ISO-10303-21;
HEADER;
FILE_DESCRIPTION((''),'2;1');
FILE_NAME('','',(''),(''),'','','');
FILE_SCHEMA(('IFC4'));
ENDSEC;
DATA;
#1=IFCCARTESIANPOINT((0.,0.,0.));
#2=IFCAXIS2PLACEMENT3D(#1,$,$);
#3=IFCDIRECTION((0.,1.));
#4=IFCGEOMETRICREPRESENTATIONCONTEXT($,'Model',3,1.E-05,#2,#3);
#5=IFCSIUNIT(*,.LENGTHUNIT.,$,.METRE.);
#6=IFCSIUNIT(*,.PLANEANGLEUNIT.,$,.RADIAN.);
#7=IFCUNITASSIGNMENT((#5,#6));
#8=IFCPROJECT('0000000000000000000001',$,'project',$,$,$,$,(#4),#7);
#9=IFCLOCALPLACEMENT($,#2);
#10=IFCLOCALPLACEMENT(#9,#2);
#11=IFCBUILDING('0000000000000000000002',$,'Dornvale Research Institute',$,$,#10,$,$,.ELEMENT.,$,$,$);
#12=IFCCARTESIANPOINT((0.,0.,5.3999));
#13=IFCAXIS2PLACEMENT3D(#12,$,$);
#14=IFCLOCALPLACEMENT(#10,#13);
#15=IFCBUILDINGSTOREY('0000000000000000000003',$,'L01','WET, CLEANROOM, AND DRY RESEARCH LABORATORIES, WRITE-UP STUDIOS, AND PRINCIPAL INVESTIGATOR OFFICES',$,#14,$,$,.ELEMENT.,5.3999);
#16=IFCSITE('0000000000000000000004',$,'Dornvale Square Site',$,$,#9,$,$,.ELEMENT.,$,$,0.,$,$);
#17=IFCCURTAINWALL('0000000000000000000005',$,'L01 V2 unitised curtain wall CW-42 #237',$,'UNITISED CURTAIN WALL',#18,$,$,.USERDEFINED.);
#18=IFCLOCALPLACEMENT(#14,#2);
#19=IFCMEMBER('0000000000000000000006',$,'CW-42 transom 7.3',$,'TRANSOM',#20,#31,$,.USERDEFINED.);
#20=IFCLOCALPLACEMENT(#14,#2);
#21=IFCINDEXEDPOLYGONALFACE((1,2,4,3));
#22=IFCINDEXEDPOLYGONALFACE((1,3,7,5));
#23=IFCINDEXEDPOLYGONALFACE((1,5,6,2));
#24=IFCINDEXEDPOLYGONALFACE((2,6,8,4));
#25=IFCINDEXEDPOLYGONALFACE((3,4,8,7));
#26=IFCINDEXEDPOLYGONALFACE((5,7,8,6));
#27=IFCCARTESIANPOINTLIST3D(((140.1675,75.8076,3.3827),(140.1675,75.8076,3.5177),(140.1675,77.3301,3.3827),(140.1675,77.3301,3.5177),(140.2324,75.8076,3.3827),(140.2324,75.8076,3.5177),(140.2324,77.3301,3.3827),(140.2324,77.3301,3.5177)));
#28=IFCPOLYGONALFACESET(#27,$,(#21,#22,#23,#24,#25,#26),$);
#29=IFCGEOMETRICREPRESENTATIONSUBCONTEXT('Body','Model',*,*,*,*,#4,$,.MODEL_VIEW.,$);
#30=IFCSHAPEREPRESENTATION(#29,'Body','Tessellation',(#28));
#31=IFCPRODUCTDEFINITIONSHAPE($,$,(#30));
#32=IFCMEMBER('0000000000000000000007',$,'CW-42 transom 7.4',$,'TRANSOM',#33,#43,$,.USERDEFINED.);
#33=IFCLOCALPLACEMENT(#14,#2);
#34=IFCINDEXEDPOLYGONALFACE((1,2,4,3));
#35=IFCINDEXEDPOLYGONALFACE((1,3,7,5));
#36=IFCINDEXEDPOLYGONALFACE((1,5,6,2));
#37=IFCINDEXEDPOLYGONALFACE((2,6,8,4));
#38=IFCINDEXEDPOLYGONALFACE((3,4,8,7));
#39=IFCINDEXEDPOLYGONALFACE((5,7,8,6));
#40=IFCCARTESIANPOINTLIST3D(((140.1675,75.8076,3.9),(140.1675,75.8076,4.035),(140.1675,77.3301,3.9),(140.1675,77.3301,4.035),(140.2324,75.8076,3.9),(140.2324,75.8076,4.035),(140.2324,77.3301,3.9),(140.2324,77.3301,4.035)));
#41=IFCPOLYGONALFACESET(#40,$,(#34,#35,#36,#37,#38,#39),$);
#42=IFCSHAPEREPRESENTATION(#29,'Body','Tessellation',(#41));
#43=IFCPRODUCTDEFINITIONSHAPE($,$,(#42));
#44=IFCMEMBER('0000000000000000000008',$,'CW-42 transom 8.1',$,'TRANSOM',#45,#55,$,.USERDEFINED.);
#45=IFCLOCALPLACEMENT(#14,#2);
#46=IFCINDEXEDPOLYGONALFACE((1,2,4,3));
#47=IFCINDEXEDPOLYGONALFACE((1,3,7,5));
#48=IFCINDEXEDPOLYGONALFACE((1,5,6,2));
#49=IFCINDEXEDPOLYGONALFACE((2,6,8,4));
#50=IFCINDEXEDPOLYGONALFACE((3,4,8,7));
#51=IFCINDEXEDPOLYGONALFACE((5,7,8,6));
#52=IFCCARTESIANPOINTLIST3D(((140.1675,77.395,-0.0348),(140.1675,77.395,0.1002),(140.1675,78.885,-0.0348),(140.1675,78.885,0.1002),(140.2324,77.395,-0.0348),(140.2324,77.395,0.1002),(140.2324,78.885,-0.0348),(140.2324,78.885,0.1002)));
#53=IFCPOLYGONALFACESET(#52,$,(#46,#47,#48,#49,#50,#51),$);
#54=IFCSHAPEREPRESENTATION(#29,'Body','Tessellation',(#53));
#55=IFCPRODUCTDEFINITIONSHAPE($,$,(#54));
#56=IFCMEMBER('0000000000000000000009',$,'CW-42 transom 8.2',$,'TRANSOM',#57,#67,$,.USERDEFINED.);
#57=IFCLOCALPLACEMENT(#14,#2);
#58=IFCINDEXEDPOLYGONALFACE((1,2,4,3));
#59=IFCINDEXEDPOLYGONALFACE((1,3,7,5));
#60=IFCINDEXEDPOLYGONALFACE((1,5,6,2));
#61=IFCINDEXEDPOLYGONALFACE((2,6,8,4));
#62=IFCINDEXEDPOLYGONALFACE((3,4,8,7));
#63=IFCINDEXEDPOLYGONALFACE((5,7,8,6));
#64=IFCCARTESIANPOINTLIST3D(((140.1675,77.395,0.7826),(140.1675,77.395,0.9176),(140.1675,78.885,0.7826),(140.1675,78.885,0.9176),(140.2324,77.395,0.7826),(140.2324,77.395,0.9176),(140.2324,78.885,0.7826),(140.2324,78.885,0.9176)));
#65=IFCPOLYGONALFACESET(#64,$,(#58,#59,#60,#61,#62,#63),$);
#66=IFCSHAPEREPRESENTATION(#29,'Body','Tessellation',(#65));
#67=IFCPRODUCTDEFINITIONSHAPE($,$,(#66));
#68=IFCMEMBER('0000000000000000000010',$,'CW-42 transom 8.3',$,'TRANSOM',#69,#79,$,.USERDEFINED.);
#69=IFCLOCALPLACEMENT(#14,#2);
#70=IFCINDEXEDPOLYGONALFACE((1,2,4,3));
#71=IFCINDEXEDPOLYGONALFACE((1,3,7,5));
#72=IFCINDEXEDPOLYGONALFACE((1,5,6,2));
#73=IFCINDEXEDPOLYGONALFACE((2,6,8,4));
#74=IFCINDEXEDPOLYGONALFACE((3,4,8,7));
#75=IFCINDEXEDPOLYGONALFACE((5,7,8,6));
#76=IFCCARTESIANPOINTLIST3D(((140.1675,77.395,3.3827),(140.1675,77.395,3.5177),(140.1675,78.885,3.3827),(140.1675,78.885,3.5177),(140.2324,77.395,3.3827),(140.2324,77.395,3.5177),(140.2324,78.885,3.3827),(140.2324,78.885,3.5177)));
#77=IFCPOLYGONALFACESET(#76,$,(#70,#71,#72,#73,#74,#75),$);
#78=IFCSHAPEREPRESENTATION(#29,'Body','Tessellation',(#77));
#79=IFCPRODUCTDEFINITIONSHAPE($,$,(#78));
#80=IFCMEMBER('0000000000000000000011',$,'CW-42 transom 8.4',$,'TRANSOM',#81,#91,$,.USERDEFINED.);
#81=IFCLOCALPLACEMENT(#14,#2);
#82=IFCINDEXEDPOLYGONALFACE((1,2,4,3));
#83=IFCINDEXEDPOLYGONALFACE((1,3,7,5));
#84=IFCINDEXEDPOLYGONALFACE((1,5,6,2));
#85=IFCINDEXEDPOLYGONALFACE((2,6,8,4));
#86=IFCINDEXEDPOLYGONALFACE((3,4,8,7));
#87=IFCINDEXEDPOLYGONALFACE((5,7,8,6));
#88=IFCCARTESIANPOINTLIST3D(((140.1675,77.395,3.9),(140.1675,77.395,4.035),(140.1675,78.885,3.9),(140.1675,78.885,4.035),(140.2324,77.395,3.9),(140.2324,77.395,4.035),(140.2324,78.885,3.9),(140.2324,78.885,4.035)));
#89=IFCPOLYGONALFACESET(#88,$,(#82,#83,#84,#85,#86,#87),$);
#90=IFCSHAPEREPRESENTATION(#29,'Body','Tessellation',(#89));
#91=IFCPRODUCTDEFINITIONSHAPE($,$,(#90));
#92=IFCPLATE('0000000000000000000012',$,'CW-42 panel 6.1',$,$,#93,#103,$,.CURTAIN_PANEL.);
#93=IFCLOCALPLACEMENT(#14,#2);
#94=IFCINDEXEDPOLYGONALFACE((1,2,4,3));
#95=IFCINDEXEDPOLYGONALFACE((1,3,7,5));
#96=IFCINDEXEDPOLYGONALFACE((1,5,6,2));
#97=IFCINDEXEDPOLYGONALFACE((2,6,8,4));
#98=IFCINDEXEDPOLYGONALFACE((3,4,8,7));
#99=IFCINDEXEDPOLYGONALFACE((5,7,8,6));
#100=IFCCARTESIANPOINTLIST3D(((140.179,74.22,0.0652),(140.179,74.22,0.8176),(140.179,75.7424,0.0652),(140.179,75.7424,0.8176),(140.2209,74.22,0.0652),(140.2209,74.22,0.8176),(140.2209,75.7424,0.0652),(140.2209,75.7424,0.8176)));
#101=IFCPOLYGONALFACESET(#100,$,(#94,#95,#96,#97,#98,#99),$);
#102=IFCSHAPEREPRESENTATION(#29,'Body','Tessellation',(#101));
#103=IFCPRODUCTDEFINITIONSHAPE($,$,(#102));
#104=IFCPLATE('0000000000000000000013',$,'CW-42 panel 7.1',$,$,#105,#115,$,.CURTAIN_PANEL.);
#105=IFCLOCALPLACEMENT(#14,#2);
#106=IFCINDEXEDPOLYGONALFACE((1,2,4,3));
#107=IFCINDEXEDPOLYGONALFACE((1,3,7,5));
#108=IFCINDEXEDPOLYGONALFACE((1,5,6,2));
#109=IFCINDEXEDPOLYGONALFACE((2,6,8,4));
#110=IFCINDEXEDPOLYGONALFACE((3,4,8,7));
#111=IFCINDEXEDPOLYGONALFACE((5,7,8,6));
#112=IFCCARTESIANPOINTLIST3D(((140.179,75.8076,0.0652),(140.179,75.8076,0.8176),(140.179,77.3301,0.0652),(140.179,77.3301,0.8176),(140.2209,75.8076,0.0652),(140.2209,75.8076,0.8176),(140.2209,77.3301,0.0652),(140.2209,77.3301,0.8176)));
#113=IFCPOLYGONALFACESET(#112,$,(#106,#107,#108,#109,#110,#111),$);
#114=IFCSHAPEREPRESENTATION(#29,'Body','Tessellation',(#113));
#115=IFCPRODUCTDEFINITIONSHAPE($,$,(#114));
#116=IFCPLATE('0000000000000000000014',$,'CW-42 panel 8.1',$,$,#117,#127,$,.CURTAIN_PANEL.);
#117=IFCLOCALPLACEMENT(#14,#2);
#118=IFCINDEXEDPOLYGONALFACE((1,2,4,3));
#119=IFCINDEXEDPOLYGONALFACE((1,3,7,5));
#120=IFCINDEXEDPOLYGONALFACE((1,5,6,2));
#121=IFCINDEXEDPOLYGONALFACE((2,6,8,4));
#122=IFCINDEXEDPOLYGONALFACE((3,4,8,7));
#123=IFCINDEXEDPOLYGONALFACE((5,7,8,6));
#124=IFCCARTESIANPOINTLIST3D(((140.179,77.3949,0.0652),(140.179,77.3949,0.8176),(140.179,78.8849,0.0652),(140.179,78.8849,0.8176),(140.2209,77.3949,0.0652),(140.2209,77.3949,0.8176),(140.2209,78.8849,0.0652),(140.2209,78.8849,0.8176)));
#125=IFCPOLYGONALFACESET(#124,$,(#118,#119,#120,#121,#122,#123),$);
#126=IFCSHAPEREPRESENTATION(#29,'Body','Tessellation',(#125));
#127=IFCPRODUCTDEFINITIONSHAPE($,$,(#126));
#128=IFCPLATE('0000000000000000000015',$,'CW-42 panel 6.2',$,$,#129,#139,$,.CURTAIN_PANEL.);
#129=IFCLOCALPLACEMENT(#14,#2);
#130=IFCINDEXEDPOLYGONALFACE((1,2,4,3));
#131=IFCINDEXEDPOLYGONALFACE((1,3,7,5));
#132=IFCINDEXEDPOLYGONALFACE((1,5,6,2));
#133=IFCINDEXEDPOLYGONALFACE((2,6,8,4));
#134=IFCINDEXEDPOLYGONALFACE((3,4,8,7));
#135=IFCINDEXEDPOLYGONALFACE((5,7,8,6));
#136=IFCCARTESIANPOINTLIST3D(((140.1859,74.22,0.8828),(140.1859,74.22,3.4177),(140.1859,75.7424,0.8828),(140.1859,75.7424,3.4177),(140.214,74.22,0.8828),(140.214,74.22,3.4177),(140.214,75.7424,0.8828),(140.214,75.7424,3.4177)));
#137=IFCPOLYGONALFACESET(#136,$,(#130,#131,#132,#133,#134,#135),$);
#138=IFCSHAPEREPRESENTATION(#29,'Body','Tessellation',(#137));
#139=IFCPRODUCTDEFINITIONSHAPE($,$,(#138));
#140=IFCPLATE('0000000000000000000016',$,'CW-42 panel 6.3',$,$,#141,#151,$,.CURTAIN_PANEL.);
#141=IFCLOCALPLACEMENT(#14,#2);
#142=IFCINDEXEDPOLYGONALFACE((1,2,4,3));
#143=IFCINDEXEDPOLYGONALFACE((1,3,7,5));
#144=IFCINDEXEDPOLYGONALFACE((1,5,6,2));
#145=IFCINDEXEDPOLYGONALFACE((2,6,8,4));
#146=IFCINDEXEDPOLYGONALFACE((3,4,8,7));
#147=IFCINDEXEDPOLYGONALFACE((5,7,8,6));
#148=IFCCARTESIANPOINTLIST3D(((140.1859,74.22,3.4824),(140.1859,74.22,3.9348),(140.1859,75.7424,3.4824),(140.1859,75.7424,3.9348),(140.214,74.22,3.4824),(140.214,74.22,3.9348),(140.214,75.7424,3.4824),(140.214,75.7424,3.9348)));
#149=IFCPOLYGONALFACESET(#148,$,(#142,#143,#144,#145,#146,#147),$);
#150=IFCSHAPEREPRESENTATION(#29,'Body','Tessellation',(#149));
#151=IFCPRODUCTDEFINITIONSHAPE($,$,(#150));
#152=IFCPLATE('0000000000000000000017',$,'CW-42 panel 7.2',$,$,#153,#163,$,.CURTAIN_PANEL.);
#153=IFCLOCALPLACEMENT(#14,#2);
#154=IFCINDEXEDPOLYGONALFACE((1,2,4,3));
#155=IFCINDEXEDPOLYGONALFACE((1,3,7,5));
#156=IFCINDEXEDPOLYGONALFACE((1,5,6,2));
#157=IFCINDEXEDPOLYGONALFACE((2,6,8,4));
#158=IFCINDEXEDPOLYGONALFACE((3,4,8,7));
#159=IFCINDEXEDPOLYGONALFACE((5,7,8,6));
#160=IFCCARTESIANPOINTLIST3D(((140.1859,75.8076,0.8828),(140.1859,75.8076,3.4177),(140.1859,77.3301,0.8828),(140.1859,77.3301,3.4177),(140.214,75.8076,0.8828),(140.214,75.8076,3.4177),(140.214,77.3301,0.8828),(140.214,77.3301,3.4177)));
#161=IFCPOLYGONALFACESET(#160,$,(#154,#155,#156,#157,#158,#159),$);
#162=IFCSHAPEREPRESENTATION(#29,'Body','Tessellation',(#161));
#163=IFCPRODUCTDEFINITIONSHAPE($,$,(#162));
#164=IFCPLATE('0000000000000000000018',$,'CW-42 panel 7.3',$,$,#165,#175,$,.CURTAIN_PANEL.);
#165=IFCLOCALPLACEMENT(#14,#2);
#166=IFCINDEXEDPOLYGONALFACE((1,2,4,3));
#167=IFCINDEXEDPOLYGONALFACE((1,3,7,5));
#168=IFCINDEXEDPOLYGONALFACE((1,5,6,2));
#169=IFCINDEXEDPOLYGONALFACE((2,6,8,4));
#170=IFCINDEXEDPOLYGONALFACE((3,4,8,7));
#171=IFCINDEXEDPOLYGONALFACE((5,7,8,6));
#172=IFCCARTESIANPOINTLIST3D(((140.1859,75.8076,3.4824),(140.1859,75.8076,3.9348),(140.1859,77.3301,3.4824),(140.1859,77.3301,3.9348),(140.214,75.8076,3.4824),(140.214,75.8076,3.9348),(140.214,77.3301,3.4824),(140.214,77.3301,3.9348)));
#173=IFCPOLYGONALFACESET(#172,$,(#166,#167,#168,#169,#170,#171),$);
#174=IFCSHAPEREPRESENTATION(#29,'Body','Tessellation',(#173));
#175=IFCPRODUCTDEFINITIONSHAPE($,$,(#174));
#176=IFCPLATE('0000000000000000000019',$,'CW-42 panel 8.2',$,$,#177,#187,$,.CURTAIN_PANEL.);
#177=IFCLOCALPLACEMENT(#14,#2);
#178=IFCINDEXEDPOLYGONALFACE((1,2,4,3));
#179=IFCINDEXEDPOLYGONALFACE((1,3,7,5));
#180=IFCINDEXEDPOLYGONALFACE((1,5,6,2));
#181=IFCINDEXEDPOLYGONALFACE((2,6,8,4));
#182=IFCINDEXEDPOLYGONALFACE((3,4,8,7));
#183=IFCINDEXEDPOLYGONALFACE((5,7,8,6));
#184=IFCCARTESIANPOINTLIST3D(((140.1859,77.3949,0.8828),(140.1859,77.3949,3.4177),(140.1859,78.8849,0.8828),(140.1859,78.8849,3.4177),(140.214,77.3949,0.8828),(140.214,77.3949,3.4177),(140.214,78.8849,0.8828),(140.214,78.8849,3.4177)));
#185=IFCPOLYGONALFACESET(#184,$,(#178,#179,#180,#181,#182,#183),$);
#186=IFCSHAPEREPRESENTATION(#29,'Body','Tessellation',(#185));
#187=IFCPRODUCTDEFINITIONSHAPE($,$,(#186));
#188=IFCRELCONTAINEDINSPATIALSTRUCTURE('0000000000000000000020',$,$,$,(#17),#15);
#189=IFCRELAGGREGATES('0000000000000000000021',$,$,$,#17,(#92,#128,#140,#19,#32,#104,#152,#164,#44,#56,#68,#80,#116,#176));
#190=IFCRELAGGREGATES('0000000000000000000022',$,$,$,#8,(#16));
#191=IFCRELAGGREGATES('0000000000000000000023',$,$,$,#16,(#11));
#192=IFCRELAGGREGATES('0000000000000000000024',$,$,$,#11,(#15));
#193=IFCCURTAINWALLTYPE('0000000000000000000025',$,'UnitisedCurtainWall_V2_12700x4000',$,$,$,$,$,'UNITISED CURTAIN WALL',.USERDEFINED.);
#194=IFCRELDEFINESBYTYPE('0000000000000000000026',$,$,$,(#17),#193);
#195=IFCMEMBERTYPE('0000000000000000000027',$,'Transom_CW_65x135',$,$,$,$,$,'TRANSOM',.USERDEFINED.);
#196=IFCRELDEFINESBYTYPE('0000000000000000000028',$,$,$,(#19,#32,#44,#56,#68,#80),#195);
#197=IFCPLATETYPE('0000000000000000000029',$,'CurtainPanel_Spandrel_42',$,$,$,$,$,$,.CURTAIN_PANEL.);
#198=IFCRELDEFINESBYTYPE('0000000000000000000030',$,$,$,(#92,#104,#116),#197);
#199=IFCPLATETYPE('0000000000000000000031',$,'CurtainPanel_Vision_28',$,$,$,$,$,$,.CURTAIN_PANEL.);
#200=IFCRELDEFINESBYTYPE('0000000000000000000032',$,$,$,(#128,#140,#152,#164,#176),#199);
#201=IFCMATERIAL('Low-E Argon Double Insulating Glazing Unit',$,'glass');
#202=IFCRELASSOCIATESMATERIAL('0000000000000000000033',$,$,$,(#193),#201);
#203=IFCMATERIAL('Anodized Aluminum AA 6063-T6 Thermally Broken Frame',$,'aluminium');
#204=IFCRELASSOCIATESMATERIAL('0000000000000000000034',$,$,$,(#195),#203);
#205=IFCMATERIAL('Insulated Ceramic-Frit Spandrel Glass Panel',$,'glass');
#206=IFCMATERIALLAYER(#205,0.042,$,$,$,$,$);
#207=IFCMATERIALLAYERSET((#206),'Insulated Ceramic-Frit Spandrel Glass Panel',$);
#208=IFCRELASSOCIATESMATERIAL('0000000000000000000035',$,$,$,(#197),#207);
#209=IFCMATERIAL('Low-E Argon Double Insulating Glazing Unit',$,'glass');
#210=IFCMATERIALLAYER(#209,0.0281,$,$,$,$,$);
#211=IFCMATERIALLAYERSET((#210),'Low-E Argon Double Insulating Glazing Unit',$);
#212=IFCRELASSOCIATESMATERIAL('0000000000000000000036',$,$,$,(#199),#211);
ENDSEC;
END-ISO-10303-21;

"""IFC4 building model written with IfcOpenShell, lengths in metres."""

from ifc_helpers import new_model, si_unit, direction, frame, origin, origin_2d, place, context, subcontext, project, spatial, rectangle, extrude, material, layer, layer_set, material_profile, profile_set, type_object, element, aggregate, save


model = new_model("IFC4")

# Units and contexts
model_context = context("Model", 3, precision=1e-05, world=origin(), true_north=direction((0.0, 1.0)))
body_context = subcontext(model_context, "Body", "Model", "MODEL_VIEW")
ifc_project = project(units=[si_unit("LENGTHUNIT", "METRE"), si_unit("PLANEANGLEUNIT", "RADIAN")], contexts=[model_context])

# Site, building, storey
site_placement = place(None, origin())
site = spatial("IfcSite", under=ifc_project, at=site_placement, Name="Dornvale Square Site", CompositionType="ELEMENT", RefElevation=0.0)
building_placement = place(site_placement, origin())
building = spatial("IfcBuilding", under=site, at=building_placement, Name="Dornvale Research Institute", CompositionType="ELEMENT")
storey_placement = place(building_placement, frame((0.0, 0.0, 5.3999)))
storey = spatial("IfcBuildingStorey", under=building, at=storey_placement, Name="L01", Description="WET, CLEANROOM, AND DRY RESEARCH LABORATORIES, WRITE-UP STUDIOS, AND PRINCIPAL INVESTIGATOR OFFICES", CompositionType="ELEMENT", Elevation=5.3999)

# Curtain wall
ifc_material_1 = material(Name="Low-E Argon Double Insulating Glazing Unit", Category="glass")
curtain_wall_type_1 = type_object("IfcCurtainWallType", Name="UnitisedCurtainWall_V2_12700x4000", ElementType="UNITISED CURTAIN WALL", PredefinedType="USERDEFINED", material=ifc_material_1)
curtain_wall_1_placement = place(storey_placement, origin())
curtain_wall_1 = element("IfcCurtainWall", 1, at=curtain_wall_1_placement, inside=storey, type_object=curtain_wall_type_1, Name="L01 V2 unitised curtain wall CW-42 #237", ObjectType="UNITISED CURTAIN WALL", PredefinedType="USERDEFINED")

# Members
ifc_material_2 = material(Name="Anodized Aluminum AA 6063-T6 Thermally Broken Frame", Category="aluminium")
ifc_material_profile_1 = material_profile(ifc_material_2, rectangle(XDim=0.0649, YDim=0.135, at=origin_2d()), Name="ALU TRANSOM 65x135")
ifc_profile_set_1 = profile_set([ifc_material_profile_1], Name="Anodized Aluminum AA 6063-T6 Thermally Broken Frame")
member_type_1 = type_object("IfcMemberType", Name="Transom_CW_65x135", ElementType="TRANSOM", PredefinedType="USERDEFINED", material=ifc_profile_set_1)
member_1_placement = place(storey_placement, frame((140.2, 75.8076, 3.4502), z_axis=(0.0, 1.0, 0.0), x_axis=(-1.0, 0.0, 0.0)))
member_1 = element("IfcMember", 2, at=member_1_placement, type_object=member_type_1, Name="CW-42 transom 7.3", ObjectType="TRANSOM", PredefinedType="USERDEFINED", context=body_context, shape_type="SweptSolid", body=[
    extrude(rectangle(XDim=0.0649, YDim=0.135, at=origin_2d()), origin(), (0.0, 0.0, 1.0), 1.5225),
])
member_2_placement = place(storey_placement, frame((140.2, 75.8076, 3.9675), z_axis=(0.0, 1.0, 0.0), x_axis=(-1.0, 0.0, 0.0)))
member_2 = element("IfcMember", 3, at=member_2_placement, type_object=member_type_1, Name="CW-42 transom 7.4", ObjectType="TRANSOM", PredefinedType="USERDEFINED", context=body_context, shape_type="SweptSolid", body=[
    extrude(rectangle(XDim=0.0649, YDim=0.135, at=origin_2d()), origin(), (0.0, 0.0, 1.0), 1.5225),
])
member_3_placement = place(storey_placement, frame((140.2, 77.395, 0.0327), z_axis=(0.0, 1.0, 0.0), x_axis=(-1.0, 0.0, 0.0)))
member_3 = element("IfcMember", 4, at=member_3_placement, type_object=member_type_1, Name="CW-42 transom 8.1", ObjectType="TRANSOM", PredefinedType="USERDEFINED", context=body_context, shape_type="SweptSolid", body=[
    extrude(rectangle(XDim=0.0649, YDim=0.135, at=origin_2d()), origin(), (0.0, 0.0, 1.0), 1.49),
])
member_4_placement = place(storey_placement, frame((140.2, 77.395, 0.8501), z_axis=(0.0, 1.0, 0.0), x_axis=(-1.0, 0.0, 0.0)))
member_4 = element("IfcMember", 5, at=member_4_placement, type_object=member_type_1, Name="CW-42 transom 8.2", ObjectType="TRANSOM", PredefinedType="USERDEFINED", context=body_context, shape_type="SweptSolid", body=[
    extrude(rectangle(XDim=0.0649, YDim=0.135, at=origin_2d()), origin(), (0.0, 0.0, 1.0), 1.49),
])
member_5_placement = place(storey_placement, frame((140.2, 77.395, 3.4502), z_axis=(0.0, 1.0, 0.0), x_axis=(-1.0, 0.0, 0.0)))
member_5 = element("IfcMember", 6, at=member_5_placement, type_object=member_type_1, Name="CW-42 transom 8.3", ObjectType="TRANSOM", PredefinedType="USERDEFINED", context=body_context, shape_type="SweptSolid", body=[
    extrude(rectangle(XDim=0.0649, YDim=0.135, at=origin_2d()), origin(), (0.0, 0.0, 1.0), 1.49),
])
member_6_placement = place(storey_placement, frame((140.2, 77.395, 3.9675), z_axis=(0.0, 1.0, 0.0), x_axis=(-1.0, 0.0, 0.0)))
member_6 = element("IfcMember", 7, at=member_6_placement, type_object=member_type_1, Name="CW-42 transom 8.4", ObjectType="TRANSOM", PredefinedType="USERDEFINED", context=body_context, shape_type="SweptSolid", body=[
    extrude(rectangle(XDim=0.0649, YDim=0.135, at=origin_2d()), origin(), (0.0, 0.0, 1.0), 1.49),
])

# Plates
ifc_material_3 = material(Name="Insulated Ceramic-Frit Spandrel Glass Panel", Category="glass")
ifc_layer_1 = layer(ifc_material_3, 0.042)
ifc_layer_set_1 = layer_set([ifc_layer_1], Name="Insulated Ceramic-Frit Spandrel Glass Panel")
plate_type_1 = type_object("IfcPlateType", Name="CurtainPanel_Spandrel_42", PredefinedType="CURTAIN_PANEL", material=ifc_layer_set_1)
plate_1_placement = place(storey_placement, frame((140.2, 74.9812, 0.0652), z_axis=(0.0, 0.0, 1.0), x_axis=(0.0, 1.0, 0.0)))
plate_1 = element("IfcPlate", 8, at=plate_1_placement, type_object=plate_type_1, Name="CW-42 panel 6.1", PredefinedType="CURTAIN_PANEL", context=body_context, shape_type="SweptSolid", body=[
    extrude(rectangle(XDim=1.5225, YDim=0.042, at=origin_2d()), origin(), (0.0, 0.0, 1.0), 0.7524),
])
plate_2_placement = place(storey_placement, frame((140.2, 76.5688, 0.0652), z_axis=(0.0, 0.0, 1.0), x_axis=(0.0, 1.0, 0.0)))
plate_2 = element("IfcPlate", 9, at=plate_2_placement, type_object=plate_type_1, Name="CW-42 panel 7.1", PredefinedType="CURTAIN_PANEL", context=body_context, shape_type="SweptSolid", body=[
    extrude(rectangle(XDim=1.5225, YDim=0.042, at=origin_2d()), origin(), (0.0, 0.0, 1.0), 0.7524),
])
plate_3_placement = place(storey_placement, frame((140.2, 78.1399, 0.0652), z_axis=(0.0, 0.0, 1.0), x_axis=(0.0, 1.0, 0.0)))
plate_3 = element("IfcPlate", 10, at=plate_3_placement, type_object=plate_type_1, Name="CW-42 panel 8.1", PredefinedType="CURTAIN_PANEL", context=body_context, shape_type="SweptSolid", body=[
    extrude(rectangle(XDim=1.49, YDim=0.042, at=origin_2d()), origin(), (0.0, 0.0, 1.0), 0.7524),
])
ifc_material_4 = material(Name="Low-E Argon Double Insulating Glazing Unit", Category="glass")
ifc_layer_2 = layer(ifc_material_4, 0.0281)
ifc_layer_set_2 = layer_set([ifc_layer_2], Name="Low-E Argon Double Insulating Glazing Unit")
plate_type_2 = type_object("IfcPlateType", Name="CurtainPanel_Vision_28", PredefinedType="CURTAIN_PANEL", material=ifc_layer_set_2)
plate_4_placement = place(storey_placement, frame((140.2, 74.9812, 0.8828), z_axis=(0.0, 0.0, 1.0), x_axis=(0.0, 1.0, 0.0)))
plate_4 = element("IfcPlate", 11, at=plate_4_placement, type_object=plate_type_2, Name="CW-42 panel 6.2", PredefinedType="CURTAIN_PANEL", context=body_context, shape_type="SweptSolid", body=[
    extrude(rectangle(XDim=1.5225, YDim=0.0281, at=origin_2d()), origin(), (0.0, 0.0, 1.0), 2.5349),
])
plate_5_placement = place(storey_placement, frame((140.2, 74.9812, 3.4824), z_axis=(0.0, 0.0, 1.0), x_axis=(0.0, 1.0, 0.0)))
plate_5 = element("IfcPlate", 12, at=plate_5_placement, type_object=plate_type_2, Name="CW-42 panel 6.3", PredefinedType="CURTAIN_PANEL", context=body_context, shape_type="SweptSolid", body=[
    extrude(rectangle(XDim=1.5225, YDim=0.0281, at=origin_2d()), origin(), (0.0, 0.0, 1.0), 0.4524),
])
plate_6_placement = place(storey_placement, frame((140.2, 76.5688, 0.8828), z_axis=(0.0, 0.0, 1.0), x_axis=(0.0, 1.0, 0.0)))
plate_6 = element("IfcPlate", 13, at=plate_6_placement, type_object=plate_type_2, Name="CW-42 panel 7.2", PredefinedType="CURTAIN_PANEL", context=body_context, shape_type="SweptSolid", body=[
    extrude(rectangle(XDim=1.5225, YDim=0.0281, at=origin_2d()), origin(), (0.0, 0.0, 1.0), 2.5349),
])
plate_7_placement = place(storey_placement, frame((140.2, 76.5688, 3.4824), z_axis=(0.0, 0.0, 1.0), x_axis=(0.0, 1.0, 0.0)))
plate_7 = element("IfcPlate", 14, at=plate_7_placement, type_object=plate_type_2, Name="CW-42 panel 7.3", PredefinedType="CURTAIN_PANEL", context=body_context, shape_type="SweptSolid", body=[
    extrude(rectangle(XDim=1.5225, YDim=0.0281, at=origin_2d()), origin(), (0.0, 0.0, 1.0), 0.4524),
])
plate_8_placement = place(storey_placement, frame((140.2, 78.1399, 0.8828), z_axis=(0.0, 0.0, 1.0), x_axis=(0.0, 1.0, 0.0)))
plate_8 = element("IfcPlate", 15, at=plate_8_placement, type_object=plate_type_2, Name="CW-42 panel 8.2", PredefinedType="CURTAIN_PANEL", context=body_context, shape_type="SweptSolid", body=[
    extrude(rectangle(XDim=1.49, YDim=0.0281, at=origin_2d()), origin(), (0.0, 0.0, 1.0), 2.5349),
])
aggregate(curtain_wall_1, [plate_1, plate_4, plate_5, member_1, member_2, plate_2, plate_6, plate_7, member_3, member_4, member_5, member_6, plate_3, plate_8])

save(model, "model.ifc")
